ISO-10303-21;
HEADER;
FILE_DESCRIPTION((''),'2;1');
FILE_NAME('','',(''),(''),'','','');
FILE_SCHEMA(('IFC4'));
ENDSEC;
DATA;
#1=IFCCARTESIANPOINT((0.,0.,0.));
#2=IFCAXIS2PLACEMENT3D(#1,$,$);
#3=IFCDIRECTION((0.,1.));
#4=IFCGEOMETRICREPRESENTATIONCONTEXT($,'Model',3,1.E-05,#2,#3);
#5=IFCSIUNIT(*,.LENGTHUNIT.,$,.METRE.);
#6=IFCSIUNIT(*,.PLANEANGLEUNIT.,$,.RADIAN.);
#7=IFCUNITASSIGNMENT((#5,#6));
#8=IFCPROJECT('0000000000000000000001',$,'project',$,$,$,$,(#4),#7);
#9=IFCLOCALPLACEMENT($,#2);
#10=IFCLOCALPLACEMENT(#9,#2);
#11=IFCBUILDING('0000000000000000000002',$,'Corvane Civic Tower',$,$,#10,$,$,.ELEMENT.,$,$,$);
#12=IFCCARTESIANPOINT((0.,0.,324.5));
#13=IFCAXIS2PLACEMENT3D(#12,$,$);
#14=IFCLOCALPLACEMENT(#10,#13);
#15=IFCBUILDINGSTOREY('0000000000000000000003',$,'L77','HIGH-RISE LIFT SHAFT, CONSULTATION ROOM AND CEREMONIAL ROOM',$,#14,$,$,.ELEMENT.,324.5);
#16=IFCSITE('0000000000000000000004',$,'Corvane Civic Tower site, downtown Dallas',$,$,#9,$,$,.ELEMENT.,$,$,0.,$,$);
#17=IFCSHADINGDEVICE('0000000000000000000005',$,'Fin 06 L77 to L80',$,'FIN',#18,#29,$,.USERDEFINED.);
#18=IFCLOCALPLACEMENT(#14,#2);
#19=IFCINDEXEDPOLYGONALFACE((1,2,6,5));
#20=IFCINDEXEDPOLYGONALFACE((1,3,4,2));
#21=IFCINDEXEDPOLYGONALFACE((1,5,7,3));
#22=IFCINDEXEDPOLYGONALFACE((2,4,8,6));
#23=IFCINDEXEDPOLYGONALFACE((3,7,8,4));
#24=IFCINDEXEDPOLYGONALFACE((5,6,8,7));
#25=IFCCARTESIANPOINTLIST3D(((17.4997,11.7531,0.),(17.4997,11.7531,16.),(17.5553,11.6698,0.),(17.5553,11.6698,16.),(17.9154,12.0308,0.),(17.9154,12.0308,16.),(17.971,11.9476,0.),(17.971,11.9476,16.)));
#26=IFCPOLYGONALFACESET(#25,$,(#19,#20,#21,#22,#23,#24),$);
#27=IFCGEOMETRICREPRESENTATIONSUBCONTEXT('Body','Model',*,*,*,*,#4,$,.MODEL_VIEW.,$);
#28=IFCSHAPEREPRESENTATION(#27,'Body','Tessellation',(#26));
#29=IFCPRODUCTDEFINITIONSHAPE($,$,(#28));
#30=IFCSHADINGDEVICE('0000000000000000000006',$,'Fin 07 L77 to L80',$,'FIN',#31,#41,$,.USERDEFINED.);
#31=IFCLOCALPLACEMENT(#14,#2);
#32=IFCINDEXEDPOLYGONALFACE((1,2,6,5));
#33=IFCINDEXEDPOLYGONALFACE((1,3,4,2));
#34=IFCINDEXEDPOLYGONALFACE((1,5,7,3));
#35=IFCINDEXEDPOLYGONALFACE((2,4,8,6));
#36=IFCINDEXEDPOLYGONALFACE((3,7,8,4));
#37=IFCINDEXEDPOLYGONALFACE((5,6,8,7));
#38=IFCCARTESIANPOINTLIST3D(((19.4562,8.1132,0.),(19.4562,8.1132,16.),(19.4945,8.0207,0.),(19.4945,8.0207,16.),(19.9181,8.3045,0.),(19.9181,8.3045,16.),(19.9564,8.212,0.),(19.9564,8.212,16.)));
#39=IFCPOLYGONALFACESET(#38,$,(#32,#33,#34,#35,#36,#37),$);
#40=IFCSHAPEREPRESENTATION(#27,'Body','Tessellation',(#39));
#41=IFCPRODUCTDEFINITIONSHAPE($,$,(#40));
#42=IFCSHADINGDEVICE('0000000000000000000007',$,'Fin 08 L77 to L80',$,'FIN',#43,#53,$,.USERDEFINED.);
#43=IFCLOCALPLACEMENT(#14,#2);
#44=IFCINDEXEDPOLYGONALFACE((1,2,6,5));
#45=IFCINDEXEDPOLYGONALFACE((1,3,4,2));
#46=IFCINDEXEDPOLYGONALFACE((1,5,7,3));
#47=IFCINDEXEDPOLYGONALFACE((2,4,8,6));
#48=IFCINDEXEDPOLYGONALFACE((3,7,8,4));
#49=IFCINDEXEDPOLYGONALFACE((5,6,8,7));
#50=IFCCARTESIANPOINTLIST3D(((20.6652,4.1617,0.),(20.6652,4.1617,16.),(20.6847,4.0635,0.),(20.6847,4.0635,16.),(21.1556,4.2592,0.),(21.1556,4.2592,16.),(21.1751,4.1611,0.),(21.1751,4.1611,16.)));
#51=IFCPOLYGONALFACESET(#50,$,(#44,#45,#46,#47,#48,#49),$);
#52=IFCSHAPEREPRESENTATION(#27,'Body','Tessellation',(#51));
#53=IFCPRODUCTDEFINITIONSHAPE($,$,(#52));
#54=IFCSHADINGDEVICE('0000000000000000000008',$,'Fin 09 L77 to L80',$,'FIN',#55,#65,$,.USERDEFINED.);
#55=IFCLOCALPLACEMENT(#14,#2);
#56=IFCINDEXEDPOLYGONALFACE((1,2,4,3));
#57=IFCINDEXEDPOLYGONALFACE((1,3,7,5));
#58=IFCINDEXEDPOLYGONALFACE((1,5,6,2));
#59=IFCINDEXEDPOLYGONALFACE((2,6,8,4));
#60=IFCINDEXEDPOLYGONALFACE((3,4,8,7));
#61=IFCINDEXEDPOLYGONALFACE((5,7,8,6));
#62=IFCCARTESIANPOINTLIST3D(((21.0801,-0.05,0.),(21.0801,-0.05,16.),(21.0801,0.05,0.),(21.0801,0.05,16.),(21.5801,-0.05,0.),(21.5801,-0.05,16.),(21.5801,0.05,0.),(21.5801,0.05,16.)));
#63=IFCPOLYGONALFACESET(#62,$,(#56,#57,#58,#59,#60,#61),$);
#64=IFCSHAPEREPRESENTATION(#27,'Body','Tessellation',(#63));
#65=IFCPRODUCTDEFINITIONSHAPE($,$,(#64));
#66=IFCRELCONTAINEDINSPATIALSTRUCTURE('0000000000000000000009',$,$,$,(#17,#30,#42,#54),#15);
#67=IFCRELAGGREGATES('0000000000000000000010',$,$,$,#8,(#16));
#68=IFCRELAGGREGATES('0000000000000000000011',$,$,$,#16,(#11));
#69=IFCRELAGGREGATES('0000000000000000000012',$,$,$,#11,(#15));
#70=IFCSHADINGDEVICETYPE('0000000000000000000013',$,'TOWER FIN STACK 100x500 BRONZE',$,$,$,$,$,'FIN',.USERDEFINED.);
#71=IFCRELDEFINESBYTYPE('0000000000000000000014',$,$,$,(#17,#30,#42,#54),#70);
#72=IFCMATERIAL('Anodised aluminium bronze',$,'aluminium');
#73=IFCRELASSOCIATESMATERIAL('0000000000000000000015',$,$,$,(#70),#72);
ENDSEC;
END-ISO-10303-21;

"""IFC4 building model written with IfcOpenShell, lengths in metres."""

from ifc_helpers import new_model, si_unit, direction, frame, origin, origin_2d, place, context, subcontext, project, spatial, rectangle, extrude, material, material_profile, profile_set, type_object, element, save


model = new_model("IFC4")

# Units and contexts
model_context = context("Model", 3, precision=1e-05, world=origin(), true_north=direction((0.0, 1.0)))
body_context = subcontext(model_context, "Body", "Model", "MODEL_VIEW")
ifc_project = project(units=[si_unit("LENGTHUNIT", "METRE"), si_unit("PLANEANGLEUNIT", "RADIAN")], contexts=[model_context])

# Site, building, storey
site_placement = place(None, origin())
site = spatial("IfcSite", under=ifc_project, at=site_placement, Name="Corvane Civic Tower site, downtown Dallas", CompositionType="ELEMENT", RefElevation=0.0)
building_placement = place(site_placement, origin())
building = spatial("IfcBuilding", under=site, at=building_placement, Name="Corvane Civic Tower", CompositionType="ELEMENT")
storey_placement = place(building_placement, frame((0.0, 0.0, 324.5)))
storey = spatial("IfcBuildingStorey", under=building, at=storey_placement, Name="L77", Description="HIGH-RISE LIFT SHAFT, CONSULTATION ROOM AND CEREMONIAL ROOM", CompositionType="ELEMENT", Elevation=324.5)

# Shading devices
ifc_material_1 = material(Name="Anodised aluminium bronze", Category="aluminium")
ifc_material_profile_1 = material_profile(ifc_material_1, rectangle(XDim=0.1001, YDim=0.5, at=origin_2d()), Name="TOWER FIN STACK 100x500 BRONZE")
ifc_profile_set_1 = profile_set([ifc_material_profile_1], Name="Anodised aluminium bronze")
shading_device_type = type_object("IfcShadingDeviceType", Name="TOWER FIN STACK 100x500 BRONZE", ElementType="FIN", PredefinedType="USERDEFINED", material=ifc_profile_set_1)
for number, where, z_axis, x_axis, name in (
    (1, (17.7354, 11.8503, 0.0), (0.0, 0.0, 1.0), (0.55557, -0.83147, 0.0), "Fin 06 L77 to L80"),
    (2, (19.7063, 8.1626, 0.0), (0.0, 0.0, 1.0), (0.382683, -0.92388, 0.0), "Fin 07 L77 to L80"),
    (3, (20.9202, 4.1614, 0.0), (0.0, 0.0, 1.0), (0.19509, -0.980785, 0.0), "Fin 08 L77 to L80"),
    (4, (21.3301, 0.0, 0.0), (0.0, 0.0, 1.0), (0.0, -1.0, 0.0), "Fin 09 L77 to L80"),
):
    element("IfcShadingDevice", number, at=place(storey_placement, frame(where, z_axis=z_axis, x_axis=x_axis)), inside=storey, type_object=shading_device_type, Name=name, ObjectType="FIN", PredefinedType="USERDEFINED", context=body_context, shape_type="SweptSolid", body=[
        extrude(rectangle(XDim=0.1001, YDim=0.5, at=origin_2d()), origin(), (0.0, 0.0, 1.0), 16.0),
    ])

save(model, "model.ifc")
